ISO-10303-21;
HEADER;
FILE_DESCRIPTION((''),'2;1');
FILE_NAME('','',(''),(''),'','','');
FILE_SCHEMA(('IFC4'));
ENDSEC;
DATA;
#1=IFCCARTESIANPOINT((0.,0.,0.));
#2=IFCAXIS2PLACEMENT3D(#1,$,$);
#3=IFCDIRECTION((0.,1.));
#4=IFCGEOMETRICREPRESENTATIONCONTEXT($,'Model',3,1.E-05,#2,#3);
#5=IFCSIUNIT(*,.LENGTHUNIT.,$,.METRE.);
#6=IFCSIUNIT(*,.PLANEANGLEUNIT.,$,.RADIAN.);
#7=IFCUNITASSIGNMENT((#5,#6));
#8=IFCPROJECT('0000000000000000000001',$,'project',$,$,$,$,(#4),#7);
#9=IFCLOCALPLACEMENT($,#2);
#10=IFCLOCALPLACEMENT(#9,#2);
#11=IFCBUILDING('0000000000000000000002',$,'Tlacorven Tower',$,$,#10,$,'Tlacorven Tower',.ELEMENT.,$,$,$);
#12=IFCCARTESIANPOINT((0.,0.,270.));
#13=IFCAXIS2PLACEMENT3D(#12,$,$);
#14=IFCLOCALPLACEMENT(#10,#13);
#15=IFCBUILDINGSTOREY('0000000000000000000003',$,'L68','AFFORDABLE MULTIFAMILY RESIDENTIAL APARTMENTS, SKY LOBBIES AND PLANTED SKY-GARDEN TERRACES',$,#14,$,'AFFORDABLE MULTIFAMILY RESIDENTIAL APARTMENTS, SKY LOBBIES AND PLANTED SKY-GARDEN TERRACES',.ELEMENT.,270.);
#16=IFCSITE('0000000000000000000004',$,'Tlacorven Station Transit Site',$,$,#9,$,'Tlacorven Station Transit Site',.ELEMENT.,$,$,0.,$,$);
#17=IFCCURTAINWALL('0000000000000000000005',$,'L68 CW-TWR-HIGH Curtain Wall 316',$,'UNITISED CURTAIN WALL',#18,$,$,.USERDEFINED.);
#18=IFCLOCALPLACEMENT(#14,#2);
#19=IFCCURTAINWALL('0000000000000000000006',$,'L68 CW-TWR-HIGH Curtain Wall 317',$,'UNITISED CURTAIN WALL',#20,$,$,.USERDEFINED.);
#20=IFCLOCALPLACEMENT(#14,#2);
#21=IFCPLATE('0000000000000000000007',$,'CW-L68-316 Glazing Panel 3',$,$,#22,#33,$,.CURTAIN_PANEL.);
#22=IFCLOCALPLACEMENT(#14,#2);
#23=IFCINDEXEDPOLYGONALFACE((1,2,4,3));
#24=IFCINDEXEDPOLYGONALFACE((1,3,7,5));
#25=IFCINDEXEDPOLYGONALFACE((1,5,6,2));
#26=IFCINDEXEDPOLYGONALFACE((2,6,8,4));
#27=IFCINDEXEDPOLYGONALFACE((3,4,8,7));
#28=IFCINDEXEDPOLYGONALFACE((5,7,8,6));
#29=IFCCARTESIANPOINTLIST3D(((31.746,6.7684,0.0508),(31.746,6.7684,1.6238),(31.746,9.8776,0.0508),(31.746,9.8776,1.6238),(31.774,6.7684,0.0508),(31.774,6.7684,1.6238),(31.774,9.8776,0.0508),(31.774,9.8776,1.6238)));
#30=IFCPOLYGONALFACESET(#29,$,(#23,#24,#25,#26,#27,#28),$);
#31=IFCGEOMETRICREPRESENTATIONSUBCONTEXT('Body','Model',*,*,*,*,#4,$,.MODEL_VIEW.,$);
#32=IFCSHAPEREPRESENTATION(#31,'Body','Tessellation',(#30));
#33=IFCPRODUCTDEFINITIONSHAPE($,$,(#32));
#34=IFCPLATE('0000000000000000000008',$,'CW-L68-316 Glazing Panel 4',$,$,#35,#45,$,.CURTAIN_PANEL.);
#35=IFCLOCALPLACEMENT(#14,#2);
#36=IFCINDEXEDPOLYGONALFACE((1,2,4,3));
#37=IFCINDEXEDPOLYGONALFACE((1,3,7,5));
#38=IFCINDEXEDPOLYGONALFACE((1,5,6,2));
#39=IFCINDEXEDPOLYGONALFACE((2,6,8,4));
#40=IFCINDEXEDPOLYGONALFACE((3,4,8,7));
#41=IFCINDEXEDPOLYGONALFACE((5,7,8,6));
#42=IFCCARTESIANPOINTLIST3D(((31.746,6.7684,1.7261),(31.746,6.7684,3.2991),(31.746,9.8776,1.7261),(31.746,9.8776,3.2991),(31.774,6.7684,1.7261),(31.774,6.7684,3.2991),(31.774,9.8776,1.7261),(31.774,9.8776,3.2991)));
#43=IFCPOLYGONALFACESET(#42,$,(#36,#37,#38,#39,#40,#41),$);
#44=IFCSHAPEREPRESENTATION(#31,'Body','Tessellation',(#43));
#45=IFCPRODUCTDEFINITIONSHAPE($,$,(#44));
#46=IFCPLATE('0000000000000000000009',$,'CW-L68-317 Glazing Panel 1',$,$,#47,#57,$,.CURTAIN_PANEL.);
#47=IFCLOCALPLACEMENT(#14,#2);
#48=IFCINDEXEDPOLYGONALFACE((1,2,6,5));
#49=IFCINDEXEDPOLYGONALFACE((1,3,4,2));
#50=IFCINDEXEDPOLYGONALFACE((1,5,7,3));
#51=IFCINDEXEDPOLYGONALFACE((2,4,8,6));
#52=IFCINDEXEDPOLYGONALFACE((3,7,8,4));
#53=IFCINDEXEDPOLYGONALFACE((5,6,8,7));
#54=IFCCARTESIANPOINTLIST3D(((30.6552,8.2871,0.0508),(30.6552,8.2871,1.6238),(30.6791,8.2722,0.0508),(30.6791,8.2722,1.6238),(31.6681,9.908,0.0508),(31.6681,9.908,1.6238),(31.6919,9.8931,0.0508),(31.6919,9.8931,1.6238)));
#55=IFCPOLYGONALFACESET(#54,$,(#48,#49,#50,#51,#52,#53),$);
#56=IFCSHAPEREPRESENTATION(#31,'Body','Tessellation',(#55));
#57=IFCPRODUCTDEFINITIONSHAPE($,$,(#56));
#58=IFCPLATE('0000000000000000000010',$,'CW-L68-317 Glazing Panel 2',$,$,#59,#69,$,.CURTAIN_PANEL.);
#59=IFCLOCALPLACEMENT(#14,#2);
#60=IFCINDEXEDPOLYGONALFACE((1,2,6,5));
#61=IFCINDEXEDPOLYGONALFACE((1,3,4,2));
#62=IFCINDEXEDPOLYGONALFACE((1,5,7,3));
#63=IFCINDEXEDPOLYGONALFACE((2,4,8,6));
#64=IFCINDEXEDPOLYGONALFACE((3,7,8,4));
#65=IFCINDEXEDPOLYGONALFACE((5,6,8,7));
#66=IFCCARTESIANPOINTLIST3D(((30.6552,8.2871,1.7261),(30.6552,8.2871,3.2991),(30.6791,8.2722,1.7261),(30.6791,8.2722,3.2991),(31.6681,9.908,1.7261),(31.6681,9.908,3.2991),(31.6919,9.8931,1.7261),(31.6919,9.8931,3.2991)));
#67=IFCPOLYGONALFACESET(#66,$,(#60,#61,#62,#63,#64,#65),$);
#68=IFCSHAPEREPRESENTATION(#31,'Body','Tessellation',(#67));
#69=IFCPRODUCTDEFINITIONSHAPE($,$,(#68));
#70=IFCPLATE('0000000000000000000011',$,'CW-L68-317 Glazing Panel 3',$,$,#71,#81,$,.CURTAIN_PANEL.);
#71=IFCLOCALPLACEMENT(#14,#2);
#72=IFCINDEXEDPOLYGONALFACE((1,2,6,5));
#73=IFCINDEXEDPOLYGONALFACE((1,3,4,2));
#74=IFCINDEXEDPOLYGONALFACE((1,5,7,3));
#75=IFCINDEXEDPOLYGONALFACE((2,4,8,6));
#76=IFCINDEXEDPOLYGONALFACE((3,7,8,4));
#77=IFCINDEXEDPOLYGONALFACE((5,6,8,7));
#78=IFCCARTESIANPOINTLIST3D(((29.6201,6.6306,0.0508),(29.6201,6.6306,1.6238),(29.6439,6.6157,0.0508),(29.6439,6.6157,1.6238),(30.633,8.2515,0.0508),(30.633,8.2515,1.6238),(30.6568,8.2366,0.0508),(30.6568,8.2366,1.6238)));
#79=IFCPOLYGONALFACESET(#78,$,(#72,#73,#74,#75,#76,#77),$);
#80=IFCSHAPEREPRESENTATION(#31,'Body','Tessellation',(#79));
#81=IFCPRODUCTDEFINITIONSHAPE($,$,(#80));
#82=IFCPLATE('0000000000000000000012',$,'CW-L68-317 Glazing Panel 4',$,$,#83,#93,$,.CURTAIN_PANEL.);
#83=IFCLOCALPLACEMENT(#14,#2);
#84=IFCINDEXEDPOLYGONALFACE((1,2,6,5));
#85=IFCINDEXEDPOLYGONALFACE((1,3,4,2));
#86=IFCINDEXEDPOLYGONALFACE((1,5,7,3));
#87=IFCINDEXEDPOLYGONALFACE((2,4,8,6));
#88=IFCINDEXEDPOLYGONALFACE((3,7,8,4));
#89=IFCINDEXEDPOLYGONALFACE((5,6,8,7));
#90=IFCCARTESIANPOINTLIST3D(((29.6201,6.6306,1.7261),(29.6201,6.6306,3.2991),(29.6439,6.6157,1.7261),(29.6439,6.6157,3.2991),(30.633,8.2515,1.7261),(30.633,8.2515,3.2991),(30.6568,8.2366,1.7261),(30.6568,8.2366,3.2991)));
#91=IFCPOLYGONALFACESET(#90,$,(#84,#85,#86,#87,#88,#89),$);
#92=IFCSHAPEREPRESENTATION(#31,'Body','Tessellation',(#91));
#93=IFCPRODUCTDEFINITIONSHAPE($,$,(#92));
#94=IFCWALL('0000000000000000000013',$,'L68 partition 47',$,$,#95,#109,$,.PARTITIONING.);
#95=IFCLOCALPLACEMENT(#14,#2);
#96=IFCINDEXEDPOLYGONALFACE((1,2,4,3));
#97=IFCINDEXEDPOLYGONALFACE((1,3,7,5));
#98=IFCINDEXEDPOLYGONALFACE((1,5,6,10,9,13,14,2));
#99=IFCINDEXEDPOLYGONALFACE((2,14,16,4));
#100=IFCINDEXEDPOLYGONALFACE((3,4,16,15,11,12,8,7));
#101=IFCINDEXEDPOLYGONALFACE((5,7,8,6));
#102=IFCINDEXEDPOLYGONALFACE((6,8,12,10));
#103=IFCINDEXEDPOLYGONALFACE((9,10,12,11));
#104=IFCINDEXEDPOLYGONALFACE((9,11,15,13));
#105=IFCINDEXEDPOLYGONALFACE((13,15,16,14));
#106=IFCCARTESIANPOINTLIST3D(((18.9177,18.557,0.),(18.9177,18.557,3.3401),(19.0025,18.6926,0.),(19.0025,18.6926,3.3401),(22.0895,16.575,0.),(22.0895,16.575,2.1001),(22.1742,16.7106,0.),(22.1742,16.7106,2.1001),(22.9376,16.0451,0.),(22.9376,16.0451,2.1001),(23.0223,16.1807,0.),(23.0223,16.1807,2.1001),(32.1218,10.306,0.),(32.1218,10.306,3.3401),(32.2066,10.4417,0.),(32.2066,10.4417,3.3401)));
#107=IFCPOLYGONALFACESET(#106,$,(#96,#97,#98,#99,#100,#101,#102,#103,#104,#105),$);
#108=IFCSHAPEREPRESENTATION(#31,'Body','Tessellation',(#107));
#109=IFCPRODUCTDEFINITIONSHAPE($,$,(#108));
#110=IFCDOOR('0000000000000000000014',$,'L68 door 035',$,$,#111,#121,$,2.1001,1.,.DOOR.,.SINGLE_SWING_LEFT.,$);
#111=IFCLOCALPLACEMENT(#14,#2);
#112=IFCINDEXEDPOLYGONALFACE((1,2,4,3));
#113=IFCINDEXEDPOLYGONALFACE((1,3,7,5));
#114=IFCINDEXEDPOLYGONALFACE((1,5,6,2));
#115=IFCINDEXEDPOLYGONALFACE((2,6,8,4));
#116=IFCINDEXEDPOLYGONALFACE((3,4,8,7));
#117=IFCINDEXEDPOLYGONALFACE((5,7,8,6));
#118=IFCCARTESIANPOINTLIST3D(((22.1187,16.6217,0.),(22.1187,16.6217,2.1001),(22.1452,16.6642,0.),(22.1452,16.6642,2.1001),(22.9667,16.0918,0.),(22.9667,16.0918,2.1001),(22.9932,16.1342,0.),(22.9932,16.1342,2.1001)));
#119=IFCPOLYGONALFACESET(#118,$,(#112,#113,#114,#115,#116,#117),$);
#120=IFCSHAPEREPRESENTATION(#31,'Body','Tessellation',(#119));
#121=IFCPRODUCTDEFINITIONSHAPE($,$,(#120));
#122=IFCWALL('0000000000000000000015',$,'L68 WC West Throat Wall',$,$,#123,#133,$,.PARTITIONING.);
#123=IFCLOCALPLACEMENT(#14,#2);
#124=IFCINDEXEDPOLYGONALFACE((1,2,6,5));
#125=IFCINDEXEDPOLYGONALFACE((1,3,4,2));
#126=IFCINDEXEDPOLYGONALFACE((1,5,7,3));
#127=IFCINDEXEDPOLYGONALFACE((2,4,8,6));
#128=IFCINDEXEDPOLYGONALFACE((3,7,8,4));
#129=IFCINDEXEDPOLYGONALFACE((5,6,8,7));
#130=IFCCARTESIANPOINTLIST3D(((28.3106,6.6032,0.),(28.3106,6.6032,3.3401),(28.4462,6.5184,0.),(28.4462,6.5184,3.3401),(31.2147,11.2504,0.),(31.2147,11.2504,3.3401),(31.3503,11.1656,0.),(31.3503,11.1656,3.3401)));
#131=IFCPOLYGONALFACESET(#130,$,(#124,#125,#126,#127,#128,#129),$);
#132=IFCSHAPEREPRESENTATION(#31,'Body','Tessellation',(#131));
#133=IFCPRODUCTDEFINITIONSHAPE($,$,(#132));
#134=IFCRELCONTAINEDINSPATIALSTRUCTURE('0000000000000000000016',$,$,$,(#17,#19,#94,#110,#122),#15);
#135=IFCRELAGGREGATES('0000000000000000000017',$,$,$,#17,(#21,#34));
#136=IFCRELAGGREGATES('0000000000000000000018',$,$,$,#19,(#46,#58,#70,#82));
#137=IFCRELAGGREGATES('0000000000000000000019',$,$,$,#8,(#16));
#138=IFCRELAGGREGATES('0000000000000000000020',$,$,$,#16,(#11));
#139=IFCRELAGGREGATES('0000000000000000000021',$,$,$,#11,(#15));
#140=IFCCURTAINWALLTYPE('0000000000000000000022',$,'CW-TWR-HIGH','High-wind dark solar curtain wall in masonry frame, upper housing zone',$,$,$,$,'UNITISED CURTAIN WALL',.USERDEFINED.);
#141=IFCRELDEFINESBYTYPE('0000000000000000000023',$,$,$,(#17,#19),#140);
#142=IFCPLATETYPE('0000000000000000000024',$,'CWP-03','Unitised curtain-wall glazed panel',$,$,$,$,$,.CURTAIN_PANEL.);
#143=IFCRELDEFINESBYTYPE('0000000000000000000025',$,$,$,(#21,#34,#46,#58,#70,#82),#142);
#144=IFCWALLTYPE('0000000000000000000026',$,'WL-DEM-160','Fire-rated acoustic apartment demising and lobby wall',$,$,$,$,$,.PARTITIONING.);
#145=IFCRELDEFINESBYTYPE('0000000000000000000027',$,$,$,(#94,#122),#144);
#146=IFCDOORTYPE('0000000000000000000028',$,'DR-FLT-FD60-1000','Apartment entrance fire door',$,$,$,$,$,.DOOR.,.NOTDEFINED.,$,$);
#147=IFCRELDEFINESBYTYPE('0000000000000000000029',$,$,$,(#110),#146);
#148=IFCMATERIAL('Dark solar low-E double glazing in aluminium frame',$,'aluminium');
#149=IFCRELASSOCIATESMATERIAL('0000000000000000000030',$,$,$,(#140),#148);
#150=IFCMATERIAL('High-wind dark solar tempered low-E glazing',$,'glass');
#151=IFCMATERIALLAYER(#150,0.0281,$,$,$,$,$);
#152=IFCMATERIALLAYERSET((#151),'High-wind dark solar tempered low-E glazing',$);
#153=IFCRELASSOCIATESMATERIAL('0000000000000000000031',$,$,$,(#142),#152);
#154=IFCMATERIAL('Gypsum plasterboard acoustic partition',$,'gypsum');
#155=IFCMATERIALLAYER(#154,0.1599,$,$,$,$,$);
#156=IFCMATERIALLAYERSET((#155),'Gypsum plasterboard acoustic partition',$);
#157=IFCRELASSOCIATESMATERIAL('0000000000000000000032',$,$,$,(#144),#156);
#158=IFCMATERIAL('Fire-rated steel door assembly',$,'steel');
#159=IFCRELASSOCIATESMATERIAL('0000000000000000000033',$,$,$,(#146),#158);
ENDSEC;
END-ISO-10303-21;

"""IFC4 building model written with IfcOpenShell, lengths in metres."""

from ifc_helpers import new_model, si_unit, direction, frame, frame_2d, origin, origin_2d, place, context, subcontext, project, spatial, rectangle, extrude, source, transform, mapped, material, layer, layer_set, type_object, element, fill, aggregate, save


model = new_model("IFC4")

# Units and contexts
model_context = context("Model", 3, precision=1e-05, world=origin(), true_north=direction((0.0, 1.0)))
body_context = subcontext(model_context, "Body", "Model", "MODEL_VIEW")
ifc_project = project(units=[si_unit("LENGTHUNIT", "METRE"), si_unit("PLANEANGLEUNIT", "RADIAN")], contexts=[model_context])

# Site, building, storey
site_placement = place(None, origin())
site = spatial("IfcSite", under=ifc_project, at=site_placement, Name="Tlacorven Station Transit Site", LongName="Tlacorven Station Transit Site", CompositionType="ELEMENT", RefElevation=0.0)
building_placement = place(site_placement, origin())
building = spatial("IfcBuilding", under=site, at=building_placement, Name="Tlacorven Tower", LongName="Tlacorven Tower", CompositionType="ELEMENT")
storey_placement = place(building_placement, frame((0.0, 0.0, 270.0)))
storey = spatial("IfcBuildingStorey", under=building, at=storey_placement, Name="L68", Description="AFFORDABLE MULTIFAMILY RESIDENTIAL APARTMENTS, SKY LOBBIES AND PLANTED SKY-GARDEN TERRACES", LongName="AFFORDABLE MULTIFAMILY RESIDENTIAL APARTMENTS, SKY LOBBIES AND PLANTED SKY-GARDEN TERRACES", CompositionType="ELEMENT", Elevation=270.0)

# Shared definitions
ifc_material_1 = material(Name="Dark solar low-E double glazing in aluminium frame", Category="aluminium")
curtain_wall_type = type_object("IfcCurtainWallType", Name="CW-TWR-HIGH", Description="High-wind dark solar curtain wall in masonry frame, upper housing zone", ElementType="UNITISED CURTAIN WALL", PredefinedType="USERDEFINED", material=ifc_material_1)

# Curtain walls
curtain_wall_1_placement = place(storey_placement, origin())
curtain_wall_1 = element("IfcCurtainWall", 1, at=curtain_wall_1_placement, inside=storey, type_object=curtain_wall_type, Name="L68 CW-TWR-HIGH Curtain Wall 316", ObjectType="UNITISED CURTAIN WALL", PredefinedType="USERDEFINED")
curtain_wall_2_placement = place(storey_placement, origin())
curtain_wall_2 = element("IfcCurtainWall", 2, at=curtain_wall_2_placement, inside=storey, type_object=curtain_wall_type, Name="L68 CW-TWR-HIGH Curtain Wall 317", ObjectType="UNITISED CURTAIN WALL", PredefinedType="USERDEFINED")

# Plates
ifc_material_2 = material(Name="High-wind dark solar tempered low-E glazing", Category="glass")
ifc_layer_1 = layer(ifc_material_2, 0.0281)
ifc_layer_set_1 = layer_set([ifc_layer_1], Name="High-wind dark solar tempered low-E glazing")
plate_type = type_object("IfcPlateType", Name="CWP-03", Description="Unitised curtain-wall glazed panel", PredefinedType="CURTAIN_PANEL", material=ifc_layer_set_1)
shared_shape_1 = source(origin(), body_context, "Body", "SweptSolid", [
    extrude(rectangle(XDim=3.1091, YDim=0.0281, at=origin_2d()), origin(), (0.0, 0.0, 1.0), 1.573),
])
plate_1_placement = place(storey_placement, frame((31.76, 8.323, 0.0508), z_axis=(0.0, 0.0, 1.0), x_axis=(0.0, 1.0, 0.0)))
plate_1 = element("IfcPlate", 3, at=plate_1_placement, type_object=plate_type, Name="CW-L68-316 Glazing Panel 3", PredefinedType="CURTAIN_PANEL", context=body_context, shape_type="MappedRepresentation", body=[
    mapped(shared_shape_1, transform((0.0, 0.0, 0.0), scale=1.0)),
])
plate_2_placement = place(storey_placement, frame((31.76, 8.323, 1.7261), z_axis=(0.0, 0.0, 1.0), x_axis=(0.0, 1.0, 0.0)))
plate_2 = element("IfcPlate", 4, at=plate_2_placement, type_object=plate_type, Name="CW-L68-316 Glazing Panel 4", PredefinedType="CURTAIN_PANEL", context=body_context, shape_type="MappedRepresentation", body=[
    mapped(shared_shape_1, transform((0.0, 0.0, 0.0), scale=1.0)),
])
aggregate(curtain_wall_1, [plate_1, plate_2])
shared_shape_2 = source(origin(), body_context, "Body", "SweptSolid", [
    extrude(rectangle(XDim=1.9114, YDim=0.0281, at=origin_2d()), origin(), (0.0, 0.0, 1.0), 1.573),
])
plate_3_placement = place(storey_placement, frame((31.1736, 9.0901, 0.0508), z_axis=(0.0, 0.0, 1.0), x_axis=(-0.529919, -0.848048, 0.0)))
plate_3 = element("IfcPlate", 5, at=plate_3_placement, type_object=plate_type, Name="CW-L68-317 Glazing Panel 1", PredefinedType="CURTAIN_PANEL", context=body_context, shape_type="MappedRepresentation", body=[
    mapped(shared_shape_2, transform((0.0, 0.0, 0.0), scale=1.0)),
])
plate_4_placement = place(storey_placement, frame((31.1736, 9.0901, 1.7261), z_axis=(0.0, 0.0, 1.0), x_axis=(-0.529919, -0.848048, 0.0)))
plate_4 = element("IfcPlate", 6, at=plate_4_placement, type_object=plate_type, Name="CW-L68-317 Glazing Panel 2", PredefinedType="CURTAIN_PANEL", context=body_context, shape_type="MappedRepresentation", body=[
    mapped(shared_shape_2, transform((0.0, 0.0, 0.0), scale=1.0)),
])
plate_5_placement = place(storey_placement, frame((30.1384, 7.4336, 0.0508), z_axis=(0.0, 0.0, 1.0), x_axis=(-0.529919, -0.848048, 0.0)))
plate_5 = element("IfcPlate", 7, at=plate_5_placement, type_object=plate_type, Name="CW-L68-317 Glazing Panel 3", PredefinedType="CURTAIN_PANEL", context=body_context, shape_type="MappedRepresentation", body=[
    mapped(shared_shape_2, transform((0.0, 0.0, 0.0), scale=1.0)),
])
plate_6_placement = place(storey_placement, frame((30.1384, 7.4336, 1.7261), z_axis=(0.0, 0.0, 1.0), x_axis=(-0.529919, -0.848048, 0.0)))
plate_6 = element("IfcPlate", 8, at=plate_6_placement, type_object=plate_type, Name="CW-L68-317 Glazing Panel 4", PredefinedType="CURTAIN_PANEL", context=body_context, shape_type="MappedRepresentation", body=[
    mapped(shared_shape_2, transform((0.0, 0.0, 0.0), scale=1.0)),
])
aggregate(curtain_wall_2, [plate_3, plate_4, plate_5, plate_6])

# Wall, opening, door
ifc_material_3 = material(Name="Gypsum plasterboard acoustic partition", Category="gypsum")
ifc_layer_2 = layer(ifc_material_3, 0.1599)
ifc_layer_set_2 = layer_set([ifc_layer_2], Name="Gypsum plasterboard acoustic partition")
wall_type = type_object("IfcWallType", Name="WL-DEM-160", Description="Fire-rated acoustic apartment demising and lobby wall", PredefinedType="PARTITIONING", material=ifc_layer_set_2)
wall_1_placement = place(storey_placement, frame((32.1643, 10.3738, 0.0), z_axis=(0.0, 0.0, 1.0), x_axis=(-0.848044, 0.529926, 0.0)))
wall_1 = element("IfcWall", 9, at=wall_1_placement, inside=storey, type_object=wall_type, Name="L68 partition 47", PredefinedType="PARTITIONING", context=body_context, shape_type="SweptSolid", body=[
    extrude(rectangle(XDim=15.5701, YDim=0.1599, at=frame_2d((7.7852, 0.0))), origin(), (0.0, 0.0, 1.0), 3.3401),
])
opening_placement = place(wall_1_placement, frame((10.8301, 0.0, 0.0)))
opening = element("IfcOpeningElement", 10, at=opening_placement, cuts=wall_1, PredefinedType="OPENING", context=body_context, shape_type="SweptSolid", body=[
    extrude(rectangle(XDim=1.0, YDim=2.1001, at=frame_2d((0.5, 1.05))), frame((0.0, 0.0898, 0.0), z_axis=(0.0, -1.0, 0.0), x_axis=(1.0, 0.0, 0.0)), (0.0, 0.0, 1.0), 0.1799),
])
ifc_material_4 = material(Name="Fire-rated steel door assembly", Category="steel")
door_type = type_object("IfcDoorType", Name="DR-FLT-FD60-1000", Description="Apartment entrance fire door", OperationType="NOTDEFINED", PredefinedType="DOOR", material=ifc_material_4)
shared_shape_3 = source(origin(), body_context, "Body", "SweptSolid", [
    extrude(rectangle(XDim=1.0, YDim=2.1001, at=frame_2d((0.5, 1.05))), frame((0.0, 0.0249, 0.0), z_axis=(0.0, -1.0, 0.0), x_axis=(1.0, 0.0, 0.0)), (0.0, 0.0, 1.0), 0.05),
])
door_placement = place(opening_placement, origin())
door = element("IfcDoor", 11, at=door_placement, inside=storey, type_object=door_type, Name="L68 door 035", OperationType="SINGLE_SWING_LEFT", OverallHeight=2.1001, OverallWidth=1.0, PredefinedType="DOOR", context=body_context, shape_type="MappedRepresentation", body=[
    mapped(shared_shape_3, transform((0.0, 0.0, 0.0), scale=1.0)),
])
fill(opening, door)

# Wall
wall_2_placement = place(storey_placement, frame((31.2825, 11.208, 0.0), z_axis=(0.0, 0.0, 1.0), x_axis=(-0.529939, -0.848036, 0.0)))
element("IfcWall", 12, at=wall_2_placement, inside=storey, type_object=wall_type, Name="L68 WC West Throat Wall", PredefinedType="PARTITIONING", context=body_context, shape_type="SweptSolid", body=[
    extrude(rectangle(XDim=5.48, YDim=0.1599, at=frame_2d((2.74, 0.0))), origin(), (0.0, 0.0, 1.0), 3.3401),
])

save(model, "model.ifc")
